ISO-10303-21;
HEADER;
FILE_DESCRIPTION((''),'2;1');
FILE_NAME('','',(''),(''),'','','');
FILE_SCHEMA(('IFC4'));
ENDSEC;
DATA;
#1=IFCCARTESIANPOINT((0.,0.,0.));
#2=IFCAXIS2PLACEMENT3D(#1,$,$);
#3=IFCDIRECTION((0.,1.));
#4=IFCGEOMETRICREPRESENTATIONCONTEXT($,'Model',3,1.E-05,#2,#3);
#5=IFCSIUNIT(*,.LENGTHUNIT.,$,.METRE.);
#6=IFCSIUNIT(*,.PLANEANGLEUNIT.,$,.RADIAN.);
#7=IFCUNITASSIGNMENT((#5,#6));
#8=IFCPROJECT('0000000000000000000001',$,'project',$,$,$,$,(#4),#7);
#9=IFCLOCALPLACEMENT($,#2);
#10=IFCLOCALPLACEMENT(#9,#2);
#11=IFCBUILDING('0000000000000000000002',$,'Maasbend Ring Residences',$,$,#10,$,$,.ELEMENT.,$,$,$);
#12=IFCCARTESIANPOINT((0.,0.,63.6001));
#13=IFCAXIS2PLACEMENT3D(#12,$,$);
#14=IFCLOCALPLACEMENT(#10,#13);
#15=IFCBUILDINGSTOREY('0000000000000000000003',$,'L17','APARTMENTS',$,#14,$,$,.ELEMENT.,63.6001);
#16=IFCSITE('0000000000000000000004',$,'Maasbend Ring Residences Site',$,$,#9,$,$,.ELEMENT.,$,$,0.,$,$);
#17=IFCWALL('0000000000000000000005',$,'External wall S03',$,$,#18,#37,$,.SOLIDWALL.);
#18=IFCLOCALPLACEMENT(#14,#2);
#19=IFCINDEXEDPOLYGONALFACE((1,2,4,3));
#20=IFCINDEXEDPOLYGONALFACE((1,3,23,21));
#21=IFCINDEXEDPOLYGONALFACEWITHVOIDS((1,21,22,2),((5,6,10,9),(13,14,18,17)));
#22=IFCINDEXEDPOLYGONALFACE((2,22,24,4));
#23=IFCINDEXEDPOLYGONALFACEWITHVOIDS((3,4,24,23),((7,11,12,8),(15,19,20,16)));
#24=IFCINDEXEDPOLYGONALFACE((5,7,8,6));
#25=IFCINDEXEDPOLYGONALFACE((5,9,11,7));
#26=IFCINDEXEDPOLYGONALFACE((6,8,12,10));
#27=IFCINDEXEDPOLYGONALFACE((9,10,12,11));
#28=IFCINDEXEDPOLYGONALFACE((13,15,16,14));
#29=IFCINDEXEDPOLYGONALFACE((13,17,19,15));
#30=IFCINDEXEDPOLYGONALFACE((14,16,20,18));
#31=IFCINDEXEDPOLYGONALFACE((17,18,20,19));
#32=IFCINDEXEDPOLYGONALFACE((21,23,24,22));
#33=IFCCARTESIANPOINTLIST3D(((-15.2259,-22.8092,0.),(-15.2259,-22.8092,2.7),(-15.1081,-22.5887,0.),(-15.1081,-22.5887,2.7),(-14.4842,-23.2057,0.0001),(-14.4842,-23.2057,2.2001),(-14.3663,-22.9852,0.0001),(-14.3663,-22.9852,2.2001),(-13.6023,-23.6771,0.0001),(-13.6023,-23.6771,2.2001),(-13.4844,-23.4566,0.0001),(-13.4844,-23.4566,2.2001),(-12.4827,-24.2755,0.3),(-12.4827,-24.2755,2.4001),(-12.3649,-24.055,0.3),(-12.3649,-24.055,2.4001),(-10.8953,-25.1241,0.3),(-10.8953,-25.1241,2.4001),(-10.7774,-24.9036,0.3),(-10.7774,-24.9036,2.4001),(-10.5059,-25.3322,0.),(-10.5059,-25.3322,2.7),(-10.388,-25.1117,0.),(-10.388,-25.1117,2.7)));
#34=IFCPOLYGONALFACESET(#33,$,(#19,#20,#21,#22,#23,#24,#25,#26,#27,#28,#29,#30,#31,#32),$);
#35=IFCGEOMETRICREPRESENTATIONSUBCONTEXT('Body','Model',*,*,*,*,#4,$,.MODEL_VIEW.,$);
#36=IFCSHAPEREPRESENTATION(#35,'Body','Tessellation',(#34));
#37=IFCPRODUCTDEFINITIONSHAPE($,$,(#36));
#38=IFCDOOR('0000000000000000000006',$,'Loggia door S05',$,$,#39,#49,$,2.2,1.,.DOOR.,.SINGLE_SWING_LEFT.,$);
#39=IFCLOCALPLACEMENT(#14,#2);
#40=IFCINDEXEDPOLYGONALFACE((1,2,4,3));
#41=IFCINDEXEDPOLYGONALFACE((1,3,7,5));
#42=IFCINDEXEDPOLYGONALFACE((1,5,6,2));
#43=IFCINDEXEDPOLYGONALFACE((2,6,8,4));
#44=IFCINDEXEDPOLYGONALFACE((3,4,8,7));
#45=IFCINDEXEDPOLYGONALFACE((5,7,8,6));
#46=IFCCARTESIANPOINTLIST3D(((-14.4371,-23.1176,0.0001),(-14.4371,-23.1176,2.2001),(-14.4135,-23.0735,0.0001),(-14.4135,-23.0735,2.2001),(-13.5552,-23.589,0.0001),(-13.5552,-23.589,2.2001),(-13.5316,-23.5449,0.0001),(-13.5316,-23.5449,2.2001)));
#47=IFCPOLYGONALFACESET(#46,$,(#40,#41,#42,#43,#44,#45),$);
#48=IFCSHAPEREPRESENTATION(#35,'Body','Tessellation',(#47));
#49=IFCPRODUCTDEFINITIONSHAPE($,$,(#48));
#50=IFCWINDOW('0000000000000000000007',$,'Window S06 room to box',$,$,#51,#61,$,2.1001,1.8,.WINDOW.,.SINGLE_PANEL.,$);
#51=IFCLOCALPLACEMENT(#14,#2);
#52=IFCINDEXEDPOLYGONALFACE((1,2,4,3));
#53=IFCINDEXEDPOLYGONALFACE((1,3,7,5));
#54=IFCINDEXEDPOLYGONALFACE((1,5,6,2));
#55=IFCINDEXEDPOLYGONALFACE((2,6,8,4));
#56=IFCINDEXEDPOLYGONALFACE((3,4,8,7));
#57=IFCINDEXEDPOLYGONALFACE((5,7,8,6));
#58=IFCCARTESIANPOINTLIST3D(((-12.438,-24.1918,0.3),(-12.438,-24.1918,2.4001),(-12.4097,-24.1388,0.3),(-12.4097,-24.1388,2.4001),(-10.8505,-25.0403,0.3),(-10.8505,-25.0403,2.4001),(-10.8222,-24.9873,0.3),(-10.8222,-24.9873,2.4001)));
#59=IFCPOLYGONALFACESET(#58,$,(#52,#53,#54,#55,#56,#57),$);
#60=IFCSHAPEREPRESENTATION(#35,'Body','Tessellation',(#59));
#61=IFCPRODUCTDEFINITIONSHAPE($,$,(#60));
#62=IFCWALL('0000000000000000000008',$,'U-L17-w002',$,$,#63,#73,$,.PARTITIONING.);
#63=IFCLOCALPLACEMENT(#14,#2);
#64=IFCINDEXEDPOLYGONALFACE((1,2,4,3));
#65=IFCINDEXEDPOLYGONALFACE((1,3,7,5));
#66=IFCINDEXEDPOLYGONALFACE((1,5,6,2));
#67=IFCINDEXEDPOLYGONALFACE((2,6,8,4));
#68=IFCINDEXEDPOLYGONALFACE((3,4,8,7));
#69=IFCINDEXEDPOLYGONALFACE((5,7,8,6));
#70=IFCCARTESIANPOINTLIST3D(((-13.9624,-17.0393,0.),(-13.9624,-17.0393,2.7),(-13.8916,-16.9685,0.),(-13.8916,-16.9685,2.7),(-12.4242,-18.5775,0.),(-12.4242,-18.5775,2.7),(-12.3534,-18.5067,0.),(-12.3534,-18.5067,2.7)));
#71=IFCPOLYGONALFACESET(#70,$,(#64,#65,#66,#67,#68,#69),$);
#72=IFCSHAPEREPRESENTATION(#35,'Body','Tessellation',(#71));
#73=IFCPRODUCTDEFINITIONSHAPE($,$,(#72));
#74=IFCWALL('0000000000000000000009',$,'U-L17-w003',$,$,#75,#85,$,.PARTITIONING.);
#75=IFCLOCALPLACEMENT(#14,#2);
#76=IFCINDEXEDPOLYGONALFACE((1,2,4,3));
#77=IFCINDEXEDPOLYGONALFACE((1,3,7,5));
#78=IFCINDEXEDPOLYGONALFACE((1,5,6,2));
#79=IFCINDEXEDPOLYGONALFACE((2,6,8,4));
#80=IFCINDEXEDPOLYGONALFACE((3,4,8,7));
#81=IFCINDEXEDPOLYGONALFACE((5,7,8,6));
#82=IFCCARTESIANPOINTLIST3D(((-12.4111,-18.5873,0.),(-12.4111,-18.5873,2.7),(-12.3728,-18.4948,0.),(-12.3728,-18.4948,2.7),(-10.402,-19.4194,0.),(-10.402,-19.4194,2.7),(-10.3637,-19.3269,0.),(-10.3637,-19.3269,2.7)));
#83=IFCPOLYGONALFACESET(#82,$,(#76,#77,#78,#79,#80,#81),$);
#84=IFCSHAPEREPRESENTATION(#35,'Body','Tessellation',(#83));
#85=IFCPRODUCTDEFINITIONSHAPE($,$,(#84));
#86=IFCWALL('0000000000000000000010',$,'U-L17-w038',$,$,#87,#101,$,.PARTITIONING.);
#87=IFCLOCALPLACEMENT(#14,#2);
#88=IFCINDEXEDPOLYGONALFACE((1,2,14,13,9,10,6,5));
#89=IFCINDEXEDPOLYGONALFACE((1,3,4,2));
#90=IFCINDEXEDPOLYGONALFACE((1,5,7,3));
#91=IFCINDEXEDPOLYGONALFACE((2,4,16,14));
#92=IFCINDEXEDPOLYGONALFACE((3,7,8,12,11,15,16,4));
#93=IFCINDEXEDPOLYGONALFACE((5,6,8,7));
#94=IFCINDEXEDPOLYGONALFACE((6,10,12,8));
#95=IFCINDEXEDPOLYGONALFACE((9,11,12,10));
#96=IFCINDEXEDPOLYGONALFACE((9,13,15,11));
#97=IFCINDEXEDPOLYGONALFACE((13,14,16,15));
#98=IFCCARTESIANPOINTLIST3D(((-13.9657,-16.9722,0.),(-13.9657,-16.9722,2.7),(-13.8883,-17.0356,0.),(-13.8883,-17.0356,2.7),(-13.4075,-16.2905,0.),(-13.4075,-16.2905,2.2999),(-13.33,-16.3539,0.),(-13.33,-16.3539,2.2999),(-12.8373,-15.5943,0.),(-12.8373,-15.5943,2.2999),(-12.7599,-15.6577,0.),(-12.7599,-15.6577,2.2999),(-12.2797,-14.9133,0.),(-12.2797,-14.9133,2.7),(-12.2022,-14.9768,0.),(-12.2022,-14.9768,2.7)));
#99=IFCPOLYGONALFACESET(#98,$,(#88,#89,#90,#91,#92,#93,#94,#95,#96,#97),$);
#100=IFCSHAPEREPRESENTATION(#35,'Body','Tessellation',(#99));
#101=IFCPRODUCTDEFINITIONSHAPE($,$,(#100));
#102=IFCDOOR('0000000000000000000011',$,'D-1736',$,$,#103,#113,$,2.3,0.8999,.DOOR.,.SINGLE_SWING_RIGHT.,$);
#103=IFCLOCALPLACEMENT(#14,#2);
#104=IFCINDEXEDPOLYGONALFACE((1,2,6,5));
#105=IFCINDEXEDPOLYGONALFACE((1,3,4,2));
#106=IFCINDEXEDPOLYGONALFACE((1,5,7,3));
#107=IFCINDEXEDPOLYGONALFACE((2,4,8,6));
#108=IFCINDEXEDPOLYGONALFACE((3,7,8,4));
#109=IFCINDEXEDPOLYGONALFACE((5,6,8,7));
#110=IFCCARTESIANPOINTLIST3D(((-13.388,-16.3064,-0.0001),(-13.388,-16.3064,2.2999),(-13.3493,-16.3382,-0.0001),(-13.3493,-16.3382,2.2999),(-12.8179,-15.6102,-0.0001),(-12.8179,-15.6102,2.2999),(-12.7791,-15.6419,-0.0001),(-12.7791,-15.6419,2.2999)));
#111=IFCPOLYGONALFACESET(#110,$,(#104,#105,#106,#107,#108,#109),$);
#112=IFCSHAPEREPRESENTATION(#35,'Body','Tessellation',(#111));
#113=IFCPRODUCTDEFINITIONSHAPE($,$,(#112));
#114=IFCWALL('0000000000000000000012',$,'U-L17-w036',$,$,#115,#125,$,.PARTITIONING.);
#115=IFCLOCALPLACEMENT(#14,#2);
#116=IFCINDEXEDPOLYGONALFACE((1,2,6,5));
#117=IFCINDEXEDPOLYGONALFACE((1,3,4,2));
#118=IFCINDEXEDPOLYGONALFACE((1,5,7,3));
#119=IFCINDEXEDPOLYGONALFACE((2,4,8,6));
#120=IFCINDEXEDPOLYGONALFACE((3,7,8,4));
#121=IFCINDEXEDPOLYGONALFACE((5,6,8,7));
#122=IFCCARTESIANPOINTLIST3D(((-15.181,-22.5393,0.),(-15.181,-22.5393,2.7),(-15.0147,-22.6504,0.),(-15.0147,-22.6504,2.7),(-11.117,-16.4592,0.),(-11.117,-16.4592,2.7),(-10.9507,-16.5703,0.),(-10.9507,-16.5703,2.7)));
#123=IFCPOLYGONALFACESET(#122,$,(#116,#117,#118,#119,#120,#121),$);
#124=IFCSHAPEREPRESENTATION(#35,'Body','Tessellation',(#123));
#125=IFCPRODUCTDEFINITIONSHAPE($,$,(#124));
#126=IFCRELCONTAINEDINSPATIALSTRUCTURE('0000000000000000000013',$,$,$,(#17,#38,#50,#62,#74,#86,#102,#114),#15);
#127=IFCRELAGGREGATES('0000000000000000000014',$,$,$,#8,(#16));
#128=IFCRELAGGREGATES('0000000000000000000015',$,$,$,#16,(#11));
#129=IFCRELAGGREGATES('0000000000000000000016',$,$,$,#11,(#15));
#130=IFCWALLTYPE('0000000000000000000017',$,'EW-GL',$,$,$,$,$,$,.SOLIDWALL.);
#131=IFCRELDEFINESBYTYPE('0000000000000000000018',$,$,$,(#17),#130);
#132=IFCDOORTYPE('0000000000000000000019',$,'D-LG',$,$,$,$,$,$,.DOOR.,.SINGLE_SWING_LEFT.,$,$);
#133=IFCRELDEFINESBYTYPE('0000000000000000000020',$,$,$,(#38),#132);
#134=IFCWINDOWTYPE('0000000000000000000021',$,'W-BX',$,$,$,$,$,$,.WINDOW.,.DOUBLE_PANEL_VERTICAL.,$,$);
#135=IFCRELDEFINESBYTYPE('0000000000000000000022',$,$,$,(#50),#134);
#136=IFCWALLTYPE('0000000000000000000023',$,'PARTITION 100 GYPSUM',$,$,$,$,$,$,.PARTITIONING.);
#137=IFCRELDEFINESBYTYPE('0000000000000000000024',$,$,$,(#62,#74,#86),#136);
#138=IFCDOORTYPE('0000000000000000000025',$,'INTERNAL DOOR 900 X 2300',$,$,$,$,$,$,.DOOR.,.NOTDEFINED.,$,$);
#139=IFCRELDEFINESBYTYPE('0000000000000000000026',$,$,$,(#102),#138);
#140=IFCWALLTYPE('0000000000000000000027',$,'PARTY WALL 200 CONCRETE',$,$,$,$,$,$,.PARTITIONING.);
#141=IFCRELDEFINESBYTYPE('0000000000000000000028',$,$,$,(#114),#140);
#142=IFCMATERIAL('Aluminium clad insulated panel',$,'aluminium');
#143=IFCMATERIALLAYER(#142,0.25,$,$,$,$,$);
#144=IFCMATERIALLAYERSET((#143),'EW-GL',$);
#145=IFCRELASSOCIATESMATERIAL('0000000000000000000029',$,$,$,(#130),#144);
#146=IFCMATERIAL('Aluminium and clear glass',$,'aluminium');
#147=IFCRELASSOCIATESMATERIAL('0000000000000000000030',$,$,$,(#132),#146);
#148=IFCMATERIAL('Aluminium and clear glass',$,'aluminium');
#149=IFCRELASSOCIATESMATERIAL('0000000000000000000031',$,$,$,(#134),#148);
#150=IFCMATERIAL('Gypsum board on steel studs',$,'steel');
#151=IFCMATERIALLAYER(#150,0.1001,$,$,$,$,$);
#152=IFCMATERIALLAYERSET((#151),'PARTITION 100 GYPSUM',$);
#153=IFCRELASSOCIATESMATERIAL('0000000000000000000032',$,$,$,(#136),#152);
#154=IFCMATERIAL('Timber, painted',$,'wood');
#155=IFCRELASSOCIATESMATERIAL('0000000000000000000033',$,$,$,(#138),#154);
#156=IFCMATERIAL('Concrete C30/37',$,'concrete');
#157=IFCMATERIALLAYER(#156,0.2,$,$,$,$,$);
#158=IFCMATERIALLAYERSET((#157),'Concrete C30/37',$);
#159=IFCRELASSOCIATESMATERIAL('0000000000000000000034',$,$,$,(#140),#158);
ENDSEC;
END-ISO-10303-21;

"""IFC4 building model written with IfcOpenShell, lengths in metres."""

from ifc_helpers import new_model, si_unit, direction, frame, frame_2d, origin, place, context, subcontext, project, spatial, rectangle, extrude, material, layer, layer_set, type_object, element, fill, save


model = new_model("IFC4")

# Units and contexts
model_context = context("Model", 3, precision=1e-05, world=origin(), true_north=direction((0.0, 1.0)))
body_context = subcontext(model_context, "Body", "Model", "MODEL_VIEW")
ifc_project = project(units=[si_unit("LENGTHUNIT", "METRE"), si_unit("PLANEANGLEUNIT", "RADIAN")], contexts=[model_context])

# Site, building, storey
site_placement = place(None, origin())
site = spatial("IfcSite", under=ifc_project, at=site_placement, Name="Maasbend Ring Residences Site", CompositionType="ELEMENT", RefElevation=0.0)
building_placement = place(site_placement, origin())
building = spatial("IfcBuilding", under=site, at=building_placement, Name="Maasbend Ring Residences", CompositionType="ELEMENT")
storey_placement = place(building_placement, frame((0.0, 0.0, 63.6001)))
storey = spatial("IfcBuildingStorey", under=building, at=storey_placement, Name="L17", Description="APARTMENTS", CompositionType="ELEMENT", Elevation=63.6001)

# Wall, openings, door, window
ifc_material_1 = material(Name="Aluminium clad insulated panel", Category="aluminium")
ifc_layer_1 = layer(ifc_material_1, 0.25)
ifc_layer_set_1 = layer_set([ifc_layer_1], Name="EW-GL")
wall_type_1 = type_object("IfcWallType", Name="EW-GL", PredefinedType="SOLIDWALL", material=ifc_layer_set_1)
wall_1_placement = place(storey_placement, frame((-15.167, -22.699, 0.0), z_axis=(0.0, 0.0, 1.0), x_axis=(0.881916, -0.471407, 0.0)))
wall_1 = element("IfcWall", 1, at=wall_1_placement, inside=storey, type_object=wall_type_1, Name="External wall S03", PredefinedType="SOLIDWALL", context=body_context, shape_type="SweptSolid", body=[
    extrude(rectangle(XDim=5.3521, YDim=0.25, at=frame_2d((2.676, 0.0))), origin(), (0.0, 0.0, 1.0), 2.7),
])
opening_1_placement = place(wall_1_placement, frame((0.8411, 0.0, 0.0)))
opening_1 = element("IfcOpeningElement", 2, at=opening_1_placement, cuts=wall_1, PredefinedType="OPENING", context=body_context, shape_type="SweptSolid", body=[
    extrude(rectangle(XDim=1.0, YDim=2.2, at=frame_2d((0.5, 1.1001))), frame((0.0, 0.135, 0.0), z_axis=(0.0, -1.0, 0.0), x_axis=(1.0, 0.0, 0.0)), (0.0, 0.0, 1.0), 0.27),
])
opening_2_placement = place(wall_1_placement, frame((3.1106, 0.0, 0.3)))
opening_2 = element("IfcOpeningElement", 3, at=opening_2_placement, cuts=wall_1, PredefinedType="OPENING", context=body_context, shape_type="SweptSolid", body=[
    extrude(rectangle(XDim=1.8, YDim=2.1001, at=frame_2d((0.8999, 1.05))), frame((0.0, 0.135, 0.0), z_axis=(0.0, -1.0, 0.0), x_axis=(1.0, 0.0, 0.0)), (0.0, 0.0, 1.0), 0.27),
])
ifc_material_2 = material(Name="Aluminium and clear glass", Category="aluminium")
door_type_1 = type_object("IfcDoorType", Name="D-LG", OperationType="SINGLE_SWING_LEFT", PredefinedType="DOOR", material=ifc_material_2)
door_1_placement = place(opening_1_placement, origin())
door_1 = element("IfcDoor", 4, at=door_1_placement, inside=storey, type_object=door_type_1, Name="Loggia door S05", OperationType="SINGLE_SWING_LEFT", OverallHeight=2.2, OverallWidth=1.0, PredefinedType="DOOR", context=body_context, shape_type="SweptSolid", body=[
    extrude(rectangle(XDim=1.0, YDim=2.2, at=frame_2d((0.5, 1.1001))), frame((0.0, 0.0249, 0.0), z_axis=(0.0, -1.0, 0.0), x_axis=(1.0, 0.0, 0.0)), (0.0, 0.0, 1.0), 0.05),
])
fill(opening_1, door_1)
ifc_material_3 = material(Name="Aluminium and clear glass", Category="aluminium")
window_type_1 = type_object("IfcWindowType", Name="W-BX", PartitioningType="DOUBLE_PANEL_VERTICAL", PredefinedType="WINDOW", material=ifc_material_3)
window_1_placement = place(opening_2_placement, origin())
window_1 = element("IfcWindow", 5, at=window_1_placement, inside=storey, type_object=window_type_1, Name="Window S06 room to box", OverallHeight=2.1001, OverallWidth=1.8, PartitioningType="SINGLE_PANEL", PredefinedType="WINDOW", context=body_context, shape_type="SweptSolid", body=[
    extrude(rectangle(XDim=1.8, YDim=2.1001, at=frame_2d((0.8999, 1.05))), frame((0.0, 0.03, 0.0), z_axis=(0.0, -1.0, 0.0), x_axis=(1.0, 0.0, 0.0)), (0.0, 0.0, 1.0), 0.0601),
])
fill(opening_2, window_1)

# Walls
ifc_material_4 = material(Name="Gypsum board on steel studs", Category="steel")
ifc_layer_2 = layer(ifc_material_4, 0.1001)
ifc_layer_set_2 = layer_set([ifc_layer_2], Name="PARTITION 100 GYPSUM")
wall_type_2 = type_object("IfcWallType", Name="PARTITION 100 GYPSUM", PredefinedType="PARTITIONING", material=ifc_layer_set_2)
wall_2_placement = place(storey_placement, frame((-13.927, -17.0039, 0.0), z_axis=(0.0, 0.0, 1.0), x_axis=(0.707107, -0.707107, 0.0)))
element("IfcWall", 6, at=wall_2_placement, inside=storey, type_object=wall_type_2, Name="U-L17-w002", PredefinedType="PARTITIONING", context=body_context, shape_type="SweptSolid", body=[
    extrude(rectangle(XDim=2.1753, YDim=0.1001, at=frame_2d((1.0876, 0.0))), origin(), (0.0, 0.0, 1.0), 2.7),
])
wall_3_placement = place(storey_placement, frame((-12.3921, -18.541, 0.0), z_axis=(0.0, 0.0, 1.0), x_axis=(0.923902, -0.382629, 0.0)))
element("IfcWall", 7, at=wall_3_placement, inside=storey, type_object=wall_type_2, Name="U-L17-w003", PredefinedType="PARTITIONING", context=body_context, shape_type="SweptSolid", body=[
    extrude(rectangle(XDim=2.1746, YDim=0.1001, at=frame_2d((1.0874, 0.0))), origin(), (0.0, 0.0, 1.0), 2.7),
])

# Wall, opening, door
wall_4_placement = place(storey_placement, frame((-13.927, -17.0039, 0.0), z_axis=(0.0, 0.0, 1.0), x_axis=(0.633582, 0.773675, 0.0)))
wall_4 = element("IfcWall", 8, at=wall_4_placement, inside=storey, type_object=wall_type_2, Name="U-L17-w038", PredefinedType="PARTITIONING", context=body_context, shape_type="SweptSolid", body=[
    extrude(rectangle(XDim=2.6611, YDim=0.1001, at=frame_2d((1.3306, 0.0))), origin(), (0.0, 0.0, 1.0), 2.7),
])
opening_3_placement = place(wall_4_placement, frame((0.8811, 0.0, 0.0)))
opening_3 = element("IfcOpeningElement", 9, at=opening_3_placement, cuts=wall_4, PredefinedType="OPENING", context=body_context, shape_type="SweptSolid", body=[
    extrude(rectangle(XDim=0.8999, YDim=2.3, at=frame_2d((0.45, 1.1499))), frame((0.0, 0.0601, 0.0), z_axis=(0.0, -1.0, 0.0), x_axis=(1.0, 0.0, 0.0)), (0.0, 0.0, 1.0), 0.1201),
])
ifc_material_5 = material(Name="Timber, painted", Category="wood")
door_type_2 = type_object("IfcDoorType", Name="INTERNAL DOOR 900 X 2300", OperationType="NOTDEFINED", PredefinedType="DOOR", material=ifc_material_5)
door_2_placement = place(opening_3_placement, origin())
door_2 = element("IfcDoor", 10, at=door_2_placement, inside=storey, type_object=door_type_2, Name="D-1736", OperationType="SINGLE_SWING_RIGHT", OverallHeight=2.3, OverallWidth=0.8999, PredefinedType="DOOR", context=body_context, shape_type="SweptSolid", body=[
    extrude(rectangle(XDim=0.8999, YDim=2.3, at=frame_2d((0.45, 1.1499))), frame((0.0, 0.0249, 0.0), z_axis=(0.0, -1.0, 0.0), x_axis=(1.0, 0.0, 0.0)), (0.0, 0.0, 1.0), 0.05),
])
fill(opening_3, door_2)

# Wall
ifc_material_6 = material(Name="Concrete C30/37", Category="concrete")
ifc_layer_3 = layer(ifc_material_6, 0.2)
ifc_layer_set_3 = layer_set([ifc_layer_3], Name="Concrete C30/37")
wall_type_3 = type_object("IfcWallType", Name="PARTY WALL 200 CONCRETE", PredefinedType="PARTITIONING", material=ifc_layer_set_3)
wall_5_placement = place(storey_placement, frame((-15.0979, -22.595, 0.0), z_axis=(0.0, 0.0, 1.0), x_axis=(0.555701, 0.831382, 0.0)))
element("IfcWall", 11, at=wall_5_placement, inside=storey, type_object=wall_type_3, Name="U-L17-w036", PredefinedType="PARTITIONING", context=body_context, shape_type="SweptSolid", body=[
    extrude(rectangle(XDim=7.3132, YDim=0.2, at=frame_2d((3.6567, 0.0))), origin(), (0.0, 0.0, 1.0), 2.7),
])

save(model, "model.ifc")
